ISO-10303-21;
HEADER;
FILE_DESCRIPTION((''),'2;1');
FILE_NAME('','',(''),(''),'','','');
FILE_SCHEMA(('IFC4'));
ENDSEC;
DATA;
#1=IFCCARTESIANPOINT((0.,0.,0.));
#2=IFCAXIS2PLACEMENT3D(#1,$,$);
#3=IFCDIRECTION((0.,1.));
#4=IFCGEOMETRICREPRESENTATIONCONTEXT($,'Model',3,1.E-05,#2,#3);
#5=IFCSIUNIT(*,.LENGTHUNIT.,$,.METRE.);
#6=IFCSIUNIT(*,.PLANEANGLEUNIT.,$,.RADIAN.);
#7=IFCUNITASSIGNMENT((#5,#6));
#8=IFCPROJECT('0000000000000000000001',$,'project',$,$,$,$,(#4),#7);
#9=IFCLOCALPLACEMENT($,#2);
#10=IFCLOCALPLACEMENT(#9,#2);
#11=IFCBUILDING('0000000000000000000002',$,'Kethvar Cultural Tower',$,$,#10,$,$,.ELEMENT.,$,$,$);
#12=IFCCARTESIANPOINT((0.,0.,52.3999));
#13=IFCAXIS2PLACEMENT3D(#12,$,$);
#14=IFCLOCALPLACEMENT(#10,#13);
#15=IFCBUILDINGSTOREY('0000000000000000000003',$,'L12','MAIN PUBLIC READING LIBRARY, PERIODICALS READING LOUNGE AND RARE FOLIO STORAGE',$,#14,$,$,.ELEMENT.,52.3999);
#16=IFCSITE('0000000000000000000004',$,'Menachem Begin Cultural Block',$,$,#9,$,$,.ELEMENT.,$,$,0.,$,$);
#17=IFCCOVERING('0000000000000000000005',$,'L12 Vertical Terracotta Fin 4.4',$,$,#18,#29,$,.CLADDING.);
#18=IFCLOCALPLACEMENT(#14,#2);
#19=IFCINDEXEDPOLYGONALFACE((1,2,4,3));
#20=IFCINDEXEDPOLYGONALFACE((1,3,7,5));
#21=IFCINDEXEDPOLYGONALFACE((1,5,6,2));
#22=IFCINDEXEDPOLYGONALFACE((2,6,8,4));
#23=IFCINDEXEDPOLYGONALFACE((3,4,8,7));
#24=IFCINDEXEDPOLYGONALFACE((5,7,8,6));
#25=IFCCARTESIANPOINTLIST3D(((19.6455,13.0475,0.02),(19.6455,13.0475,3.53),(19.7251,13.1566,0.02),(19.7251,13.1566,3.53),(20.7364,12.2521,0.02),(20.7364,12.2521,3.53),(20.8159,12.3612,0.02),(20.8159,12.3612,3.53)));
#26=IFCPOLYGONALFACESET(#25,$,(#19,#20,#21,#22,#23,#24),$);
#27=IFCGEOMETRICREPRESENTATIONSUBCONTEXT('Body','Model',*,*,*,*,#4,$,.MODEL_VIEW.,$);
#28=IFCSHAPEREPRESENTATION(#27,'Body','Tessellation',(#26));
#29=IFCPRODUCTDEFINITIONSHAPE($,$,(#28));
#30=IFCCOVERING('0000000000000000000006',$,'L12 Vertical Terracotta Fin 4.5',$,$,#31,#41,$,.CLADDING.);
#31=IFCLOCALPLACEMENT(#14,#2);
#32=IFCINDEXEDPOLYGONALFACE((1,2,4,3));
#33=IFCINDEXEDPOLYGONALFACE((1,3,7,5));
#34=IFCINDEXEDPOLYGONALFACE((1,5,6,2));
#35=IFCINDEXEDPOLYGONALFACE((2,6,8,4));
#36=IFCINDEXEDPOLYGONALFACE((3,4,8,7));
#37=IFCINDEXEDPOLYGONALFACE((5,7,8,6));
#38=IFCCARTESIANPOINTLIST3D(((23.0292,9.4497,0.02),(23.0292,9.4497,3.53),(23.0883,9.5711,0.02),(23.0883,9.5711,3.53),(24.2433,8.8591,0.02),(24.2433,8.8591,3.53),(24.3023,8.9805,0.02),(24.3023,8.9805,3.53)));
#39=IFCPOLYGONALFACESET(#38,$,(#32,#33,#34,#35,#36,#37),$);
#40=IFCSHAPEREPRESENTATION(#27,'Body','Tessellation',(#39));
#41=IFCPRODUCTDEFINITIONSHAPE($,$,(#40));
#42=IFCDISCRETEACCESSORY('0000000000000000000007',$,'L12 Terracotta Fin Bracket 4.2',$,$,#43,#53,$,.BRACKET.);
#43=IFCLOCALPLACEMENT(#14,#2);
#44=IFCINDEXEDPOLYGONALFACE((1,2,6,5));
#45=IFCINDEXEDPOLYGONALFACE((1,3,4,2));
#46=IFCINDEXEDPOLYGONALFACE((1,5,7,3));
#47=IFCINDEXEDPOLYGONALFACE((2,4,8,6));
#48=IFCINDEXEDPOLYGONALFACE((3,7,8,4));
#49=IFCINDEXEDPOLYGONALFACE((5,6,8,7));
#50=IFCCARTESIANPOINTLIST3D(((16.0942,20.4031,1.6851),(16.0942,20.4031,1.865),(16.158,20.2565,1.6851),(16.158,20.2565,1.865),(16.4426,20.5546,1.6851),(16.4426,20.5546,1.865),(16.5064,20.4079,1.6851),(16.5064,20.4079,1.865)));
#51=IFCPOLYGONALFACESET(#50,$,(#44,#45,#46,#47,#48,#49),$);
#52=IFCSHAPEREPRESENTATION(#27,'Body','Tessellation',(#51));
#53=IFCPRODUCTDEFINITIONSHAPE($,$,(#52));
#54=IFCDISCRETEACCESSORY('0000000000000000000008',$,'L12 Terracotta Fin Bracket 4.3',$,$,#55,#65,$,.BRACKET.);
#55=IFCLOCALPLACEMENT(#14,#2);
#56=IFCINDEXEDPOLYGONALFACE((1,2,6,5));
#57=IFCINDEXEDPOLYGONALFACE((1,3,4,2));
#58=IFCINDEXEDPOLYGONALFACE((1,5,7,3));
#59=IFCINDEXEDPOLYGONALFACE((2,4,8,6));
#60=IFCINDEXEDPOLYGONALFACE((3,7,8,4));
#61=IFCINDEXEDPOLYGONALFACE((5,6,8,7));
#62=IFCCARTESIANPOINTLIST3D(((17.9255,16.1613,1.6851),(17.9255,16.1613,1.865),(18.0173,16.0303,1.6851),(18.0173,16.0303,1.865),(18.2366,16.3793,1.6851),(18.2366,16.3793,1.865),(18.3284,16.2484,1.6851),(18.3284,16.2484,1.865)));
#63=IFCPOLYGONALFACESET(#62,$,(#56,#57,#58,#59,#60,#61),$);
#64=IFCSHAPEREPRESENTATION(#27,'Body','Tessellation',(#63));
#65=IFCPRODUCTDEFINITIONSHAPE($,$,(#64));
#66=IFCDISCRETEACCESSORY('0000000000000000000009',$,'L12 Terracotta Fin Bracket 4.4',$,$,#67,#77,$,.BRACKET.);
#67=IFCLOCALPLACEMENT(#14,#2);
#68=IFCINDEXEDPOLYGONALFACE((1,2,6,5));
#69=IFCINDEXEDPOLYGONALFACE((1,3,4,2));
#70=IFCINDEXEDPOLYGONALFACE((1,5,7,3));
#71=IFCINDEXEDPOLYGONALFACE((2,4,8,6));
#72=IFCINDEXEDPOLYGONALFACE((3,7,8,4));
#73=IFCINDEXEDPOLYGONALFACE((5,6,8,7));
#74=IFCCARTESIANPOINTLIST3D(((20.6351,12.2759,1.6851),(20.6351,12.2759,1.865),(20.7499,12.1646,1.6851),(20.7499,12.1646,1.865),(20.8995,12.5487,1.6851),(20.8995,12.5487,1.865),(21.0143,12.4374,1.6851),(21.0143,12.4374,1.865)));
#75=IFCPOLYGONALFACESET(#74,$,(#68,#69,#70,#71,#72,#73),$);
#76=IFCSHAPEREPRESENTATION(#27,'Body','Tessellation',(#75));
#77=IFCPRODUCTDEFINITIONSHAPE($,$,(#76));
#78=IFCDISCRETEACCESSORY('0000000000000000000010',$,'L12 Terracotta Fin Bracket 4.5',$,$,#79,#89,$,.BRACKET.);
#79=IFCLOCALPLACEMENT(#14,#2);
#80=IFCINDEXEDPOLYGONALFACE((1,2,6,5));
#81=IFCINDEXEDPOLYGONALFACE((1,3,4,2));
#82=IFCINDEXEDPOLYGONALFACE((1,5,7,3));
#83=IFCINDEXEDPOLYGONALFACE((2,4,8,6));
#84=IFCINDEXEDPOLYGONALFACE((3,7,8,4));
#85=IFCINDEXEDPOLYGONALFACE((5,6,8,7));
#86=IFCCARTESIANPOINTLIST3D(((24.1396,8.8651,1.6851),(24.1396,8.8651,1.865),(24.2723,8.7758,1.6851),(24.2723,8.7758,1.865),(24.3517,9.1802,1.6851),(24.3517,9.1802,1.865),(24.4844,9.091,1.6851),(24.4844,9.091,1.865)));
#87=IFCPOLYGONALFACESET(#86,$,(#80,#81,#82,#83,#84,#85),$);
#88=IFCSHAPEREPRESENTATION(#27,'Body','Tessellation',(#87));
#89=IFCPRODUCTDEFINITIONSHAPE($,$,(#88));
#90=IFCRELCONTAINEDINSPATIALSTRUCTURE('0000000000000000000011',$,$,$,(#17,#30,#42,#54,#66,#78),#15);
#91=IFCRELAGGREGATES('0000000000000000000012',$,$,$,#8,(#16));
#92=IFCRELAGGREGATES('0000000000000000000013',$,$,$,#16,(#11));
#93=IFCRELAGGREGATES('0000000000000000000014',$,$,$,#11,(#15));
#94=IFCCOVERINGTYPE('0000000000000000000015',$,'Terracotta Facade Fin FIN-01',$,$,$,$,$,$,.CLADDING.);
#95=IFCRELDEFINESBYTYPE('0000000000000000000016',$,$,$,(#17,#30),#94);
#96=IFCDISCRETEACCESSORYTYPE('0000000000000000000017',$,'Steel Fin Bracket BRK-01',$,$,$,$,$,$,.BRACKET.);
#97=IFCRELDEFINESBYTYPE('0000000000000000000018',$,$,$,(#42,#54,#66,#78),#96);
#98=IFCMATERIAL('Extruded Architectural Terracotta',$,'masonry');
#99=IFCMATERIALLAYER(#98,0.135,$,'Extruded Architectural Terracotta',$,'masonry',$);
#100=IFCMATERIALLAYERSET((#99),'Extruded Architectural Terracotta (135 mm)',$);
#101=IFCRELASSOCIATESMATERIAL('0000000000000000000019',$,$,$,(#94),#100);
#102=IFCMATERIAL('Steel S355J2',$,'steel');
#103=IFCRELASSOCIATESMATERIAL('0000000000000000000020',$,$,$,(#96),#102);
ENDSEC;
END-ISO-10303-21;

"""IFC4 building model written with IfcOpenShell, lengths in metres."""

from ifc_helpers import new_model, si_unit, direction, frame, origin, origin_2d, place, context, subcontext, project, spatial, rectangle, extrude, source, transform, mapped, material, layer, layer_set, type_object, element, save


model = new_model("IFC4")

# Units and contexts
model_context = context("Model", 3, precision=1e-05, world=origin(), true_north=direction((0.0, 1.0)))
body_context = subcontext(model_context, "Body", "Model", "MODEL_VIEW")
ifc_project = project(units=[si_unit("LENGTHUNIT", "METRE"), si_unit("PLANEANGLEUNIT", "RADIAN")], contexts=[model_context])

# Site, building, storey
site_placement = place(None, origin())
site = spatial("IfcSite", under=ifc_project, at=site_placement, Name="Menachem Begin Cultural Block", CompositionType="ELEMENT", RefElevation=0.0)
building_placement = place(site_placement, origin())
building = spatial("IfcBuilding", under=site, at=building_placement, Name="Kethvar Cultural Tower", CompositionType="ELEMENT")
storey_placement = place(building_placement, frame((0.0, 0.0, 52.3999)))
storey = spatial("IfcBuildingStorey", under=building, at=storey_placement, Name="L12", Description="MAIN PUBLIC READING LIBRARY, PERIODICALS READING LOUNGE AND RARE FOLIO STORAGE", CompositionType="ELEMENT", Elevation=52.3999)

# Shared definitions
ifc_material_1 = material(Name="Steel S355J2", Category="steel")

# Coverings
ifc_material_2 = material(Name="Extruded Architectural Terracotta", Category="masonry")
ifc_layer_1 = layer(ifc_material_2, 0.135, Name="Extruded Architectural Terracotta", Category="masonry")
ifc_layer_set_1 = layer_set([ifc_layer_1], Name="Extruded Architectural Terracotta (135 mm)")
covering_type = type_object("IfcCoveringType", Name="Terracotta Facade Fin FIN-01", PredefinedType="CLADDING", material=ifc_layer_set_1)
shared_shape_1 = source(origin(), body_context, "Body", "SweptSolid", [
    extrude(rectangle(XDim=1.3501, YDim=0.135, at=origin_2d()), origin(), (0.0, 0.0, 1.0), 3.51),
])
for number, where, z_axis, x_axis, name in (
    (1, (20.2307, 12.7043, 0.02), (0.0, 0.0, 1.0), (-0.80799, 0.589196, 0.0), "L12 Vertical Terracotta Fin 4.4"),
    (2, (23.6658, 9.2151, 0.02), (0.0, 0.0, 1.0), (-0.899253, 0.43743, 0.0), "L12 Vertical Terracotta Fin 4.5"),
):
    element("IfcCovering", number, at=place(storey_placement, frame(where, z_axis=z_axis, x_axis=x_axis)), inside=storey, type_object=covering_type, Name=name, PredefinedType="CLADDING", context=body_context, shape_type="MappedRepresentation", body=[
        mapped(shared_shape_1, transform((0.0, 0.0, 0.0), scale=1.0)),
    ])

# Discrete accessories
discrete_accessory_type = type_object("IfcDiscreteAccessoryType", Name="Steel Fin Bracket BRK-01", PredefinedType="BRACKET", material=ifc_material_1)
shared_shape_2 = source(origin(), body_context, "Body", "SweptSolid", [
    extrude(rectangle(XDim=0.3799, YDim=0.1599, at=origin_2d()), origin(), (0.0, 0.0, 1.0), 0.1799),
])
for number, where, z_axis, x_axis, name in (
    (3, (16.3003, 20.4055, 1.6851), (0.0, 0.0, 1.0), (-0.91706, -0.398749, 0.0), "L12 Terracotta Fin Bracket 4.2"),
    (4, (18.127, 16.2048, 1.6851), (0.0, 0.0, 1.0), (-0.818852, -0.574005, 0.0), "L12 Terracotta Fin Bracket 4.3"),
    (5, (20.8247, 12.3567, 1.6851), (0.0, 0.0, 1.0), (-0.695913, -0.718126, 0.0), "L12 Terracotta Fin Bracket 4.4"),
    (6, (24.312, 8.978, 1.6851), (0.0, 0.0, 1.0), (-0.558324, -0.829623, 0.0), "L12 Terracotta Fin Bracket 4.5"),
):
    element("IfcDiscreteAccessory", number, at=place(storey_placement, frame(where, z_axis=z_axis, x_axis=x_axis)), inside=storey, type_object=discrete_accessory_type, Name=name, PredefinedType="BRACKET", context=body_context, shape_type="MappedRepresentation", body=[
        mapped(shared_shape_2, transform((0.0, 0.0, 0.0), scale=1.0)),
    ])

save(model, "model.ifc")
